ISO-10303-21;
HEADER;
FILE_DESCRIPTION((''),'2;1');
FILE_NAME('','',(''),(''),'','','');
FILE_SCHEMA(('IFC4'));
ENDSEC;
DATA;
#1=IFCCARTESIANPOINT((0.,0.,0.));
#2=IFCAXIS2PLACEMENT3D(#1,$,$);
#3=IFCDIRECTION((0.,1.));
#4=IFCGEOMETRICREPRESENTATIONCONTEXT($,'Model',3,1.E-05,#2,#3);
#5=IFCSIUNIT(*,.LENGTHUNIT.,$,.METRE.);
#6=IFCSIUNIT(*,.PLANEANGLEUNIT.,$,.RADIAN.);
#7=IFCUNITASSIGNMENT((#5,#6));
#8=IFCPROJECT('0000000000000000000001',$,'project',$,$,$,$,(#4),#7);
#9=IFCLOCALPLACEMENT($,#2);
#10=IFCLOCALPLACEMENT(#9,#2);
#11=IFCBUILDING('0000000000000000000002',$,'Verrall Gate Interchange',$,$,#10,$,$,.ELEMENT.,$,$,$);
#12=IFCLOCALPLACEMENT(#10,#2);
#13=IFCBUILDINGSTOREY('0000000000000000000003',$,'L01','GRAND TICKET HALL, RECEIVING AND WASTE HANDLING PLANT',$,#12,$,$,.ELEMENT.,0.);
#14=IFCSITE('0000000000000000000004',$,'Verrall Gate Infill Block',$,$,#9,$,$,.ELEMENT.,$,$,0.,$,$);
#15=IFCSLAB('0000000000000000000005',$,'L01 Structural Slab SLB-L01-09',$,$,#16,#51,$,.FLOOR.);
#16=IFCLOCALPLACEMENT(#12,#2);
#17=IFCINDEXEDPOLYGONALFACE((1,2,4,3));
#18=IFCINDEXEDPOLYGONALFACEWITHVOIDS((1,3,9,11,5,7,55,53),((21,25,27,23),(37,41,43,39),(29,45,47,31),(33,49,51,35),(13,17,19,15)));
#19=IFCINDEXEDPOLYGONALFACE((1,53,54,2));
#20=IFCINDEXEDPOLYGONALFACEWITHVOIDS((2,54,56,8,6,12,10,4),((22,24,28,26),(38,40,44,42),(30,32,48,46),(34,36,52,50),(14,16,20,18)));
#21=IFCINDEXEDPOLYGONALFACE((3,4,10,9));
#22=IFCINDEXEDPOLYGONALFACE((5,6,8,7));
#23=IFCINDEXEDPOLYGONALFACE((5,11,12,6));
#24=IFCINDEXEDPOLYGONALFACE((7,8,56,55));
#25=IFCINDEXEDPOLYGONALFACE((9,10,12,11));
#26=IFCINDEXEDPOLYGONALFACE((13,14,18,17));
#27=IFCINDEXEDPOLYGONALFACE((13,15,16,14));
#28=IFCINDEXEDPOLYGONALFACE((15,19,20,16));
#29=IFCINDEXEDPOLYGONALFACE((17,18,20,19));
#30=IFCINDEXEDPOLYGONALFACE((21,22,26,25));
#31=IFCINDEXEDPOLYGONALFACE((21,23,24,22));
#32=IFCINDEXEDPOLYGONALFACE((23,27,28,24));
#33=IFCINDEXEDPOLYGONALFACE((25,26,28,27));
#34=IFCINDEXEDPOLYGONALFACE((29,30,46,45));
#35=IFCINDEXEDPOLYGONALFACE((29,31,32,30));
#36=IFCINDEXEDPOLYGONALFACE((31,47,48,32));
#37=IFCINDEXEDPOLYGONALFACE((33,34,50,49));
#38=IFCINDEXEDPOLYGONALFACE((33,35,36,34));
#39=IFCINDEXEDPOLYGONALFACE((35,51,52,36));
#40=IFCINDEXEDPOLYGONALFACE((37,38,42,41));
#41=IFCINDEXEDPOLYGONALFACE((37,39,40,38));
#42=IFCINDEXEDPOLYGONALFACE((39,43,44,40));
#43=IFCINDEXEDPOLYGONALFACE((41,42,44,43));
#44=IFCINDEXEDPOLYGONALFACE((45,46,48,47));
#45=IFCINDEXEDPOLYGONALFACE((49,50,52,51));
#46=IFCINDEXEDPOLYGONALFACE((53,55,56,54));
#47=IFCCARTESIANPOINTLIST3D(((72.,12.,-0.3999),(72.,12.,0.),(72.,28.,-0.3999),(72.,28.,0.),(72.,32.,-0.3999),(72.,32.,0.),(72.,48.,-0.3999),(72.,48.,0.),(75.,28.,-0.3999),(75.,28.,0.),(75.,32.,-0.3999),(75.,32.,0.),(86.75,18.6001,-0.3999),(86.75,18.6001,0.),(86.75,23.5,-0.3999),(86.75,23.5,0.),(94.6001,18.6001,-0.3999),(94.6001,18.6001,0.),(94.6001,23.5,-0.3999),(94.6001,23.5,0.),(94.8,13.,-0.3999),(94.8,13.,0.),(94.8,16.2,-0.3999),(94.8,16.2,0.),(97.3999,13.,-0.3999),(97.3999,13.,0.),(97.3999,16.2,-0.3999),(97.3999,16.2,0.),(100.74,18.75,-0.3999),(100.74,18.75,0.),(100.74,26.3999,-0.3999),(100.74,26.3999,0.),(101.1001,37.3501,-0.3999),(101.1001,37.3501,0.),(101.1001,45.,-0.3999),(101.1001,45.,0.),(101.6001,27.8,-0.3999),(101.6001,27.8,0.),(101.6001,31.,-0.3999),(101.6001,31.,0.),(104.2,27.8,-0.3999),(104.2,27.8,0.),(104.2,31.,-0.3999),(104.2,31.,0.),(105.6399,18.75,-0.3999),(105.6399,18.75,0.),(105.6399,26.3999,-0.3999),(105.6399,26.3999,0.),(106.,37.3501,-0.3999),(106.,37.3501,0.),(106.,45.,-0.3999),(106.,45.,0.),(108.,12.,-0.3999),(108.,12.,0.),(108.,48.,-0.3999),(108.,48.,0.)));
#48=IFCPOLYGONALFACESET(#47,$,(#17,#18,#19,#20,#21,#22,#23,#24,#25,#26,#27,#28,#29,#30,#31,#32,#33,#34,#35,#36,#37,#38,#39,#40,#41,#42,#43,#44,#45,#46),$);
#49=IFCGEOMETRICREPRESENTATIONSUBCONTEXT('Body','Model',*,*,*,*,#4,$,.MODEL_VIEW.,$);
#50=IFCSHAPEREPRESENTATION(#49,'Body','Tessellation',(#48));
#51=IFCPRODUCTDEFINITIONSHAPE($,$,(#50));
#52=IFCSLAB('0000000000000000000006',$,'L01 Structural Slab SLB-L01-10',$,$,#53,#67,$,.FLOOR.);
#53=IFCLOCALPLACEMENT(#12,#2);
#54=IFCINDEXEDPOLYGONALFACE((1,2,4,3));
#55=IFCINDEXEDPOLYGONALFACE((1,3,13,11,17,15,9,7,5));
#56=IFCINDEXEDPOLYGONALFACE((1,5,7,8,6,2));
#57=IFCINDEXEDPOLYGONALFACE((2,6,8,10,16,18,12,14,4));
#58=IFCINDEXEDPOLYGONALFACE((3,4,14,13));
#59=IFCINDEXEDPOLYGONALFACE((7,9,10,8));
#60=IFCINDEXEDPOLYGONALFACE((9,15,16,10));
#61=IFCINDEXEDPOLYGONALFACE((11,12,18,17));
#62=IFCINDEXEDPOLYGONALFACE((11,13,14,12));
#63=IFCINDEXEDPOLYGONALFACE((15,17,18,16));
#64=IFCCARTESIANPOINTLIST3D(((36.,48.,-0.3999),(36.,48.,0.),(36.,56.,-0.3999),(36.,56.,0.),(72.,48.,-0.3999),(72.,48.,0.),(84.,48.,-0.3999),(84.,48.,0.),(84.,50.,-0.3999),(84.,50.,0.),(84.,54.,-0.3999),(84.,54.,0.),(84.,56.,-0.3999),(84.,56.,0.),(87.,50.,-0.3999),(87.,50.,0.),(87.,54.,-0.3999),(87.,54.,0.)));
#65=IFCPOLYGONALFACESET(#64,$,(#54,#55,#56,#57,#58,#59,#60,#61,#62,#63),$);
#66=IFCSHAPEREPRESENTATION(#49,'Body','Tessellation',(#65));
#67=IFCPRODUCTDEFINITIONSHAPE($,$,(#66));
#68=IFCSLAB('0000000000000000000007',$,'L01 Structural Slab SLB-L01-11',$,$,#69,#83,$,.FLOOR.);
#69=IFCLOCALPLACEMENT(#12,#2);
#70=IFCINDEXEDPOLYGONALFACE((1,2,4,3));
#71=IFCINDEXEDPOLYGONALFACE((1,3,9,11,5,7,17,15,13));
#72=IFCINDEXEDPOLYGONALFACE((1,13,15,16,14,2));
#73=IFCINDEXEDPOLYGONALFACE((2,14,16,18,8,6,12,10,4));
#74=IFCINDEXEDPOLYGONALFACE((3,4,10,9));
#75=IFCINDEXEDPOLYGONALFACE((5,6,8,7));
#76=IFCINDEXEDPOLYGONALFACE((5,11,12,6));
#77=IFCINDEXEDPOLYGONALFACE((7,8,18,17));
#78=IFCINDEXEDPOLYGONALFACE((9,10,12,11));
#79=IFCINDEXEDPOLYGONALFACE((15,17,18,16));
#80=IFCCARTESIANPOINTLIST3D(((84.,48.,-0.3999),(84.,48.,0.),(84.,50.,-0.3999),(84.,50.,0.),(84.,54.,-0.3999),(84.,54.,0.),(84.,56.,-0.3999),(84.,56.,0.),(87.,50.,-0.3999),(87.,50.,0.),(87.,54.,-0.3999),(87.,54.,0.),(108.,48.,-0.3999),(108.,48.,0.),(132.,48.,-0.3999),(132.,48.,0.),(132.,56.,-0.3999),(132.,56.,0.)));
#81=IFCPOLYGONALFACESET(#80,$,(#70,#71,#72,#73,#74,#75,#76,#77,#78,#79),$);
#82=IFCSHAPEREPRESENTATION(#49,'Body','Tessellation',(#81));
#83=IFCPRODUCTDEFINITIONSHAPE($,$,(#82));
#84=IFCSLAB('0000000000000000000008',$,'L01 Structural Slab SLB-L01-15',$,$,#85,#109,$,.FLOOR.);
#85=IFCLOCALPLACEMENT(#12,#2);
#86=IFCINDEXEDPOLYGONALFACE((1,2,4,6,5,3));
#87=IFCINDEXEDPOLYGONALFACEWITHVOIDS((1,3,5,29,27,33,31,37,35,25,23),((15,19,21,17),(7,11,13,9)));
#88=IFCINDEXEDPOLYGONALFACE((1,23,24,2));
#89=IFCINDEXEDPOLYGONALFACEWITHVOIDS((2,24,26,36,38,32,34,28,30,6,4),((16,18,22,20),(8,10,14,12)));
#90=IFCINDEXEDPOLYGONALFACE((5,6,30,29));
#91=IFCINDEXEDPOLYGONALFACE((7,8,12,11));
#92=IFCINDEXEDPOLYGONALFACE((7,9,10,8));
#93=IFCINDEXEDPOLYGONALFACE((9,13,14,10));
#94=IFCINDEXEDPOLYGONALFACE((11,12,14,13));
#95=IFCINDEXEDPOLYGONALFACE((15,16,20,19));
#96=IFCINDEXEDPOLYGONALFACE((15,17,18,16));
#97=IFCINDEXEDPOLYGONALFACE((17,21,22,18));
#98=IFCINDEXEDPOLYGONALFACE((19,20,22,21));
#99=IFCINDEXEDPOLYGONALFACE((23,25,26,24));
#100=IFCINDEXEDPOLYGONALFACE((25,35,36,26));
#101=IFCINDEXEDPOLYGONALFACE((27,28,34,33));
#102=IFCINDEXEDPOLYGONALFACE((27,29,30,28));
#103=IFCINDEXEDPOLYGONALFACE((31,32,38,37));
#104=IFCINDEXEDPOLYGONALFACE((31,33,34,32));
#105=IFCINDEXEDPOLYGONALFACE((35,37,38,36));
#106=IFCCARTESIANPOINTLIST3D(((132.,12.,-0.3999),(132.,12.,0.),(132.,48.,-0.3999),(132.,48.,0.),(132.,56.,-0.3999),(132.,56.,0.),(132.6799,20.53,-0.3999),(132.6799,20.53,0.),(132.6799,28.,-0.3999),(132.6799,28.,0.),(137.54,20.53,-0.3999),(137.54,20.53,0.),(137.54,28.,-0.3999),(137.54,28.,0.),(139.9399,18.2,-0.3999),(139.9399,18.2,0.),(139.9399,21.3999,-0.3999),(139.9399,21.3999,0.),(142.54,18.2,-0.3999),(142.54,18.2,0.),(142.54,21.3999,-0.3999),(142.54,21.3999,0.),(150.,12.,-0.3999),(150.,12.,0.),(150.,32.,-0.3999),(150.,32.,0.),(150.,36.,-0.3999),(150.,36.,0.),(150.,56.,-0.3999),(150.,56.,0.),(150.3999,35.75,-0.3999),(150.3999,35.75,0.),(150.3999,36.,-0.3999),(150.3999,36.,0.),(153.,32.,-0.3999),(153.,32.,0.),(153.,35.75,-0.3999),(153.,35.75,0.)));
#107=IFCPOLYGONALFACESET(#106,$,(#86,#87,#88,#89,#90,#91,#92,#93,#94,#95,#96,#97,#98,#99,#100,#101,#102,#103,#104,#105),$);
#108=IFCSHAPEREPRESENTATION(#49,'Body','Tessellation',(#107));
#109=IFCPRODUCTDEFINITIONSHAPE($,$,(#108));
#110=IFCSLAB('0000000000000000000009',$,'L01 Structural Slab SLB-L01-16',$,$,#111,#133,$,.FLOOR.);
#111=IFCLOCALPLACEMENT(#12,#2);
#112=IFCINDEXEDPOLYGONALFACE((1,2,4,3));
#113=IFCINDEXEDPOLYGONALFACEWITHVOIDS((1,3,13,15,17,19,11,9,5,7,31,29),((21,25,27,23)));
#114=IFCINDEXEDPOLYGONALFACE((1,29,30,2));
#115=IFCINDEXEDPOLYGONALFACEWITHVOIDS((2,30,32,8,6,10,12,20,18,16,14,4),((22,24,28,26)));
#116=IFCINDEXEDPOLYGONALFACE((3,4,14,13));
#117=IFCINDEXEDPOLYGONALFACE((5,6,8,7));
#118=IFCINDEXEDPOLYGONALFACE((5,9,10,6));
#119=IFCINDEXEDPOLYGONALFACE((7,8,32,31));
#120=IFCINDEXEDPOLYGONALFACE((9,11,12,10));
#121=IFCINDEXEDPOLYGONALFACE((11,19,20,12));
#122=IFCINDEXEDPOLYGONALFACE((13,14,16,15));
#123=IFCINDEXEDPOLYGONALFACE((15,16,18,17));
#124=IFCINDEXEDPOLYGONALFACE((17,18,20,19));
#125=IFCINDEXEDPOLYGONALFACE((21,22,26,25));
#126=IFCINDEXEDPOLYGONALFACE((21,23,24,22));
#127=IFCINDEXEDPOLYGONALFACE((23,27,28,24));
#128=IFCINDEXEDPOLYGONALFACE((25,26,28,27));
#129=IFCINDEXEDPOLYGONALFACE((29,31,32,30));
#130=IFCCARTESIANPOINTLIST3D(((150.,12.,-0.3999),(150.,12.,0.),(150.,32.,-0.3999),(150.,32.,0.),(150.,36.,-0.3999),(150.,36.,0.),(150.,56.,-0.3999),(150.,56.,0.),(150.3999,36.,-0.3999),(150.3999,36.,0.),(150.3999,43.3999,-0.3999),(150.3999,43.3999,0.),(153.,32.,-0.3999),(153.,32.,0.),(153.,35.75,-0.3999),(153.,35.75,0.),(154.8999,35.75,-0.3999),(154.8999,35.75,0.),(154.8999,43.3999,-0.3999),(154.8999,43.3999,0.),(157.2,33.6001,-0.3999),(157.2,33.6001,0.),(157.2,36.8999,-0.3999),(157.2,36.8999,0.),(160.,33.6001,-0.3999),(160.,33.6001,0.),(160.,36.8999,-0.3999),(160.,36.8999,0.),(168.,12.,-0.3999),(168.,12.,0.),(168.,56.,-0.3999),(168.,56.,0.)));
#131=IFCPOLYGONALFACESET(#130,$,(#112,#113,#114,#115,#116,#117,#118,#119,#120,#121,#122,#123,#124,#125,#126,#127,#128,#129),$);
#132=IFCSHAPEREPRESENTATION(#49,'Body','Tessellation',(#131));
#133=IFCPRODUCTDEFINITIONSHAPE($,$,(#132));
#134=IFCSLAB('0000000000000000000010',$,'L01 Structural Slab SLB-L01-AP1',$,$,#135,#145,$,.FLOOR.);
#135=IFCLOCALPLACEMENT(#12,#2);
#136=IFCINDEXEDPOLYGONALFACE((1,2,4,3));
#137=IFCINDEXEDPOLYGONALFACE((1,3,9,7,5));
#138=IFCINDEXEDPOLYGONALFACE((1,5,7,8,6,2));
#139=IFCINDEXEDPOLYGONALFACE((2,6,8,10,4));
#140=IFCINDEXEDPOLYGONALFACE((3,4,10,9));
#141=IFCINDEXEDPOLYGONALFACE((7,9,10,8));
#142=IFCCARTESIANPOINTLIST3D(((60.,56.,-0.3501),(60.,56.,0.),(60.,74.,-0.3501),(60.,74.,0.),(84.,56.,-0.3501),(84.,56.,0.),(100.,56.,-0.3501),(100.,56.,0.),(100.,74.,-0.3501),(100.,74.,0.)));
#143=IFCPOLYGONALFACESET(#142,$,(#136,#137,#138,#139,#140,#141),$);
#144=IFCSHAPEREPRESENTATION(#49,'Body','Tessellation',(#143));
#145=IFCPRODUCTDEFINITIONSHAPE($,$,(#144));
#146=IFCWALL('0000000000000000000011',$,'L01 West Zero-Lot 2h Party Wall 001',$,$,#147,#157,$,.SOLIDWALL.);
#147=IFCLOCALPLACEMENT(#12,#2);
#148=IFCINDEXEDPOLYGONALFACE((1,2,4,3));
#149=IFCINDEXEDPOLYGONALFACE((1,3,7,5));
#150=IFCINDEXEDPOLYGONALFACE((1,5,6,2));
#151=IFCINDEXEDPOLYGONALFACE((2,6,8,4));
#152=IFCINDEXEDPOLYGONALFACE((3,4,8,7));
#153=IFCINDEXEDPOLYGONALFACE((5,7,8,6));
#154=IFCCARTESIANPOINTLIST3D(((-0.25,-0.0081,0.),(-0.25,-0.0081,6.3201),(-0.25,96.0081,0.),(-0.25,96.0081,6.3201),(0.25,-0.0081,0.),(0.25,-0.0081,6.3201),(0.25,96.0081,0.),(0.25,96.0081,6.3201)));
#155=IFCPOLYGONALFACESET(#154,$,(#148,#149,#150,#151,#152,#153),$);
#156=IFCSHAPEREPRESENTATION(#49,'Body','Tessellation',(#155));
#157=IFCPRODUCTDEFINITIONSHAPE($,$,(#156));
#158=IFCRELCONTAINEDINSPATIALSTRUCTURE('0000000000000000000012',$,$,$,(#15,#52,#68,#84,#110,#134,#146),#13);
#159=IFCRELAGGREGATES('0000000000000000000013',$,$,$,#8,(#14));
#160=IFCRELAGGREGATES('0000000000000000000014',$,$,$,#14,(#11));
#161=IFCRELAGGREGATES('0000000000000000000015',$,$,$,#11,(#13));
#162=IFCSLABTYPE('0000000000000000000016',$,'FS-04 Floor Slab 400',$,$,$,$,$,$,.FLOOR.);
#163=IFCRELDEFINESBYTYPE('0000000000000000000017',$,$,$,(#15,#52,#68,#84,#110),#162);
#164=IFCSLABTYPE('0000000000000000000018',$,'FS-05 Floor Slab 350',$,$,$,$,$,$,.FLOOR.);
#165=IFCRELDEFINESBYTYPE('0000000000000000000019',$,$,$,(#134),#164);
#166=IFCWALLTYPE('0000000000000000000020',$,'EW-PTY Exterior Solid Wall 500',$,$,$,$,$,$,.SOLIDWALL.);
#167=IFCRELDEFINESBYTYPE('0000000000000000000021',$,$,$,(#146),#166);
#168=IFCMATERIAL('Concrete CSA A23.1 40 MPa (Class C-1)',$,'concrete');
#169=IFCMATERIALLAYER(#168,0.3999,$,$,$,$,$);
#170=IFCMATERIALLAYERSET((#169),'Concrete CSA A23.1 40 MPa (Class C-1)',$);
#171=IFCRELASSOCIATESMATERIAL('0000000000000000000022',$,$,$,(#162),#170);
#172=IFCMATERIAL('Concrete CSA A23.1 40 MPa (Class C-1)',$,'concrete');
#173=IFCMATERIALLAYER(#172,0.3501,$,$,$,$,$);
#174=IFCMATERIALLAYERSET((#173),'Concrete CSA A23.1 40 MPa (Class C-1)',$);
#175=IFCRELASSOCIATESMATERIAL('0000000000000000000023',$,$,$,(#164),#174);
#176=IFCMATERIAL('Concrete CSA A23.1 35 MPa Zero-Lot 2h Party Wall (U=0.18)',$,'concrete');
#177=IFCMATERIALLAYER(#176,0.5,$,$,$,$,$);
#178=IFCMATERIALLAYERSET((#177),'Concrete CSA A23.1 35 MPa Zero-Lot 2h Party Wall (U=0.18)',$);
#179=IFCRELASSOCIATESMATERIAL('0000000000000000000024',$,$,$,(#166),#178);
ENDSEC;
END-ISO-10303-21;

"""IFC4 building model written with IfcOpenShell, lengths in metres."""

from ifc_helpers import new_model, si_unit, direction, frame, frame_2d, origin, place, context, subcontext, project, spatial, polyline, rectangle, outline, extrude, material, layer, layer_set, type_object, element, save


model = new_model("IFC4")

# Units and contexts
model_context = context("Model", 3, precision=1e-05, world=origin(), true_north=direction((0.0, 1.0)))
body_context = subcontext(model_context, "Body", "Model", "MODEL_VIEW")
ifc_project = project(units=[si_unit("LENGTHUNIT", "METRE"), si_unit("PLANEANGLEUNIT", "RADIAN")], contexts=[model_context])

# Site, building, storey
site_placement = place(None, origin())
site = spatial("IfcSite", under=ifc_project, at=site_placement, Name="Verrall Gate Infill Block", CompositionType="ELEMENT", RefElevation=0.0)
building_placement = place(site_placement, origin())
building = spatial("IfcBuilding", under=site, at=building_placement, Name="Verrall Gate Interchange", CompositionType="ELEMENT")
storey_placement = place(building_placement, origin())
storey = spatial("IfcBuildingStorey", under=building, at=storey_placement, Name="L01", Description="GRAND TICKET HALL, RECEIVING AND WASTE HANDLING PLANT", CompositionType="ELEMENT", Elevation=0.0)

# Slabs
ifc_material_1 = material(Name="Concrete CSA A23.1 40 MPa (Class C-1)", Category="concrete")
ifc_layer_1 = layer(ifc_material_1, 0.3999)
ifc_layer_set_1 = layer_set([ifc_layer_1], Name="Concrete CSA A23.1 40 MPa (Class C-1)")
slab_type_1 = type_object("IfcSlabType", Name="FS-04 Floor Slab 400", PredefinedType="FLOOR", material=ifc_layer_set_1)
slab_1_placement = place(storey_placement, frame((0.0, 0.0, -0.3999)))
element("IfcSlab", 1, at=slab_1_placement, inside=storey, type_object=slab_type_1, Name="L01 Structural Slab SLB-L01-09", PredefinedType="FLOOR", context=body_context, shape_type="SweptSolid", body=[
    extrude(outline(polyline([(108.0, 12.0), (72.0, 12.0), (72.0, 28.0), (75.0, 28.0), (75.0, 32.0), (72.0, 32.0), (72.0, 48.0), (108.0, 48.0), (108.0, 12.0)]), holes=[polyline([(106.0, 45.0), (101.1001, 45.0), (101.1001, 37.3501), (106.0, 37.3501), (106.0, 45.0)]), polyline([(105.6399, 26.3999), (100.74, 26.3999), (100.74, 18.75), (105.6399, 18.75), (105.6399, 26.3999)]), polyline([(101.6001, 31.0), (101.6001, 27.8), (104.2, 27.8), (104.2, 31.0), (101.6001, 31.0)]), polyline([(94.8, 16.2), (94.8, 13.0), (97.3999, 13.0), (97.3999, 16.2), (94.8, 16.2)]), polyline([(94.6001, 23.5), (86.75, 23.5), (86.75, 18.6001), (94.6001, 18.6001), (94.6001, 23.5)])]), origin(), (0.0, 0.0, 1.0), 0.3999),
])
slab_2_placement = place(storey_placement, frame((0.0, 0.0, -0.3999)))
element("IfcSlab", 2, at=slab_2_placement, inside=storey, type_object=slab_type_1, Name="L01 Structural Slab SLB-L01-10", PredefinedType="FLOOR", context=body_context, shape_type="SweptSolid", body=[
    extrude(outline(polyline([(36.0, 56.0), (84.0, 56.0), (84.0, 54.0), (87.0, 54.0), (87.0, 50.0), (84.0, 50.0), (84.0, 48.0), (72.0, 48.0), (36.0, 48.0), (36.0, 56.0)])), origin(), (0.0, 0.0, 1.0), 0.3999),
])
slab_3_placement = place(storey_placement, frame((0.0, 0.0, -0.3999)))
element("IfcSlab", 3, at=slab_3_placement, inside=storey, type_object=slab_type_1, Name="L01 Structural Slab SLB-L01-11", PredefinedType="FLOOR", context=body_context, shape_type="SweptSolid", body=[
    extrude(outline(polyline([(132.0, 48.0), (108.0, 48.0), (84.0, 48.0), (84.0, 50.0), (87.0, 50.0), (87.0, 54.0), (84.0, 54.0), (84.0, 56.0), (132.0, 56.0), (132.0, 48.0)])), origin(), (0.0, 0.0, 1.0), 0.3999),
])
slab_4_placement = place(storey_placement, frame((0.0, 0.0, -0.3999)))
element("IfcSlab", 4, at=slab_4_placement, inside=storey, type_object=slab_type_1, Name="L01 Structural Slab SLB-L01-15", PredefinedType="FLOOR", context=body_context, shape_type="SweptSolid", body=[
    extrude(outline(polyline([(132.0, 48.0), (132.0, 56.0), (150.0, 56.0), (150.0, 36.0), (150.3999, 36.0), (150.3999, 35.75), (153.0, 35.75), (153.0, 32.0), (150.0, 32.0), (150.0, 12.0), (132.0, 12.0), (132.0, 48.0)]), holes=[polyline([(139.9399, 21.3999), (139.9399, 18.2), (142.54, 18.2), (142.54, 21.3999), (139.9399, 21.3999)]), polyline([(132.6799, 28.0), (132.6799, 20.53), (137.54, 20.53), (137.54, 28.0), (132.6799, 28.0)])]), origin(), (0.0, 0.0, 1.0), 0.3999),
])
slab_5_placement = place(storey_placement, frame((0.0, 0.0, -0.3999)))
element("IfcSlab", 5, at=slab_5_placement, inside=storey, type_object=slab_type_1, Name="L01 Structural Slab SLB-L01-16", PredefinedType="FLOOR", context=body_context, shape_type="SweptSolid", body=[
    extrude(outline(polyline([(168.0, 12.0), (150.0, 12.0), (150.0, 32.0), (153.0, 32.0), (153.0, 35.75), (154.8999, 35.75), (154.8999, 43.3999), (150.3999, 43.3999), (150.3999, 36.0), (150.0, 36.0), (150.0, 56.0), (168.0, 56.0), (168.0, 12.0)]), holes=[polyline([(157.2, 36.8999), (157.2, 33.6001), (160.0, 33.6001), (160.0, 36.8999), (157.2, 36.8999)])]), origin(), (0.0, 0.0, 1.0), 0.3999),
])
ifc_material_2 = material(Name="Concrete CSA A23.1 40 MPa (Class C-1)", Category="concrete")
ifc_layer_2 = layer(ifc_material_2, 0.3501)
ifc_layer_set_2 = layer_set([ifc_layer_2], Name="Concrete CSA A23.1 40 MPa (Class C-1)")
slab_type_2 = type_object("IfcSlabType", Name="FS-05 Floor Slab 350", PredefinedType="FLOOR", material=ifc_layer_set_2)
slab_6_placement = place(storey_placement, frame((0.0, 0.0, -0.3501)))
element("IfcSlab", 6, at=slab_6_placement, inside=storey, type_object=slab_type_2, Name="L01 Structural Slab SLB-L01-AP1", PredefinedType="FLOOR", context=body_context, shape_type="SweptSolid", body=[
    extrude(outline(polyline([(84.0, 56.0), (60.0, 56.0), (60.0, 74.0), (100.0, 74.0), (100.0, 56.0), (84.0, 56.0)])), origin(), (0.0, 0.0, 1.0), 0.3501),
])

# Wall
ifc_material_3 = material(Name="Concrete CSA A23.1 35 MPa Zero-Lot 2h Party Wall (U=0.18)", Category="concrete")
ifc_layer_3 = layer(ifc_material_3, 0.5)
ifc_layer_set_3 = layer_set([ifc_layer_3], Name="Concrete CSA A23.1 35 MPa Zero-Lot 2h Party Wall (U=0.18)")
wall_type = type_object("IfcWallType", Name="EW-PTY Exterior Solid Wall 500", PredefinedType="SOLIDWALL", material=ifc_layer_set_3)
wall_placement = place(storey_placement, frame((0.0, -0.0081, 0.0), z_axis=(0.0, 0.0, 1.0), x_axis=(0.0, 1.0, 0.0)))
element("IfcWall", 7, at=wall_placement, inside=storey, type_object=wall_type, Name="L01 West Zero-Lot 2h Party Wall 001", PredefinedType="SOLIDWALL", context=body_context, shape_type="SweptSolid", body=[
    extrude(rectangle(XDim=96.0161, YDim=0.5, at=frame_2d((48.0081, 0.0))), origin(), (0.0, 0.0, 1.0), 6.3201),
])

save(model, "model.ifc")
